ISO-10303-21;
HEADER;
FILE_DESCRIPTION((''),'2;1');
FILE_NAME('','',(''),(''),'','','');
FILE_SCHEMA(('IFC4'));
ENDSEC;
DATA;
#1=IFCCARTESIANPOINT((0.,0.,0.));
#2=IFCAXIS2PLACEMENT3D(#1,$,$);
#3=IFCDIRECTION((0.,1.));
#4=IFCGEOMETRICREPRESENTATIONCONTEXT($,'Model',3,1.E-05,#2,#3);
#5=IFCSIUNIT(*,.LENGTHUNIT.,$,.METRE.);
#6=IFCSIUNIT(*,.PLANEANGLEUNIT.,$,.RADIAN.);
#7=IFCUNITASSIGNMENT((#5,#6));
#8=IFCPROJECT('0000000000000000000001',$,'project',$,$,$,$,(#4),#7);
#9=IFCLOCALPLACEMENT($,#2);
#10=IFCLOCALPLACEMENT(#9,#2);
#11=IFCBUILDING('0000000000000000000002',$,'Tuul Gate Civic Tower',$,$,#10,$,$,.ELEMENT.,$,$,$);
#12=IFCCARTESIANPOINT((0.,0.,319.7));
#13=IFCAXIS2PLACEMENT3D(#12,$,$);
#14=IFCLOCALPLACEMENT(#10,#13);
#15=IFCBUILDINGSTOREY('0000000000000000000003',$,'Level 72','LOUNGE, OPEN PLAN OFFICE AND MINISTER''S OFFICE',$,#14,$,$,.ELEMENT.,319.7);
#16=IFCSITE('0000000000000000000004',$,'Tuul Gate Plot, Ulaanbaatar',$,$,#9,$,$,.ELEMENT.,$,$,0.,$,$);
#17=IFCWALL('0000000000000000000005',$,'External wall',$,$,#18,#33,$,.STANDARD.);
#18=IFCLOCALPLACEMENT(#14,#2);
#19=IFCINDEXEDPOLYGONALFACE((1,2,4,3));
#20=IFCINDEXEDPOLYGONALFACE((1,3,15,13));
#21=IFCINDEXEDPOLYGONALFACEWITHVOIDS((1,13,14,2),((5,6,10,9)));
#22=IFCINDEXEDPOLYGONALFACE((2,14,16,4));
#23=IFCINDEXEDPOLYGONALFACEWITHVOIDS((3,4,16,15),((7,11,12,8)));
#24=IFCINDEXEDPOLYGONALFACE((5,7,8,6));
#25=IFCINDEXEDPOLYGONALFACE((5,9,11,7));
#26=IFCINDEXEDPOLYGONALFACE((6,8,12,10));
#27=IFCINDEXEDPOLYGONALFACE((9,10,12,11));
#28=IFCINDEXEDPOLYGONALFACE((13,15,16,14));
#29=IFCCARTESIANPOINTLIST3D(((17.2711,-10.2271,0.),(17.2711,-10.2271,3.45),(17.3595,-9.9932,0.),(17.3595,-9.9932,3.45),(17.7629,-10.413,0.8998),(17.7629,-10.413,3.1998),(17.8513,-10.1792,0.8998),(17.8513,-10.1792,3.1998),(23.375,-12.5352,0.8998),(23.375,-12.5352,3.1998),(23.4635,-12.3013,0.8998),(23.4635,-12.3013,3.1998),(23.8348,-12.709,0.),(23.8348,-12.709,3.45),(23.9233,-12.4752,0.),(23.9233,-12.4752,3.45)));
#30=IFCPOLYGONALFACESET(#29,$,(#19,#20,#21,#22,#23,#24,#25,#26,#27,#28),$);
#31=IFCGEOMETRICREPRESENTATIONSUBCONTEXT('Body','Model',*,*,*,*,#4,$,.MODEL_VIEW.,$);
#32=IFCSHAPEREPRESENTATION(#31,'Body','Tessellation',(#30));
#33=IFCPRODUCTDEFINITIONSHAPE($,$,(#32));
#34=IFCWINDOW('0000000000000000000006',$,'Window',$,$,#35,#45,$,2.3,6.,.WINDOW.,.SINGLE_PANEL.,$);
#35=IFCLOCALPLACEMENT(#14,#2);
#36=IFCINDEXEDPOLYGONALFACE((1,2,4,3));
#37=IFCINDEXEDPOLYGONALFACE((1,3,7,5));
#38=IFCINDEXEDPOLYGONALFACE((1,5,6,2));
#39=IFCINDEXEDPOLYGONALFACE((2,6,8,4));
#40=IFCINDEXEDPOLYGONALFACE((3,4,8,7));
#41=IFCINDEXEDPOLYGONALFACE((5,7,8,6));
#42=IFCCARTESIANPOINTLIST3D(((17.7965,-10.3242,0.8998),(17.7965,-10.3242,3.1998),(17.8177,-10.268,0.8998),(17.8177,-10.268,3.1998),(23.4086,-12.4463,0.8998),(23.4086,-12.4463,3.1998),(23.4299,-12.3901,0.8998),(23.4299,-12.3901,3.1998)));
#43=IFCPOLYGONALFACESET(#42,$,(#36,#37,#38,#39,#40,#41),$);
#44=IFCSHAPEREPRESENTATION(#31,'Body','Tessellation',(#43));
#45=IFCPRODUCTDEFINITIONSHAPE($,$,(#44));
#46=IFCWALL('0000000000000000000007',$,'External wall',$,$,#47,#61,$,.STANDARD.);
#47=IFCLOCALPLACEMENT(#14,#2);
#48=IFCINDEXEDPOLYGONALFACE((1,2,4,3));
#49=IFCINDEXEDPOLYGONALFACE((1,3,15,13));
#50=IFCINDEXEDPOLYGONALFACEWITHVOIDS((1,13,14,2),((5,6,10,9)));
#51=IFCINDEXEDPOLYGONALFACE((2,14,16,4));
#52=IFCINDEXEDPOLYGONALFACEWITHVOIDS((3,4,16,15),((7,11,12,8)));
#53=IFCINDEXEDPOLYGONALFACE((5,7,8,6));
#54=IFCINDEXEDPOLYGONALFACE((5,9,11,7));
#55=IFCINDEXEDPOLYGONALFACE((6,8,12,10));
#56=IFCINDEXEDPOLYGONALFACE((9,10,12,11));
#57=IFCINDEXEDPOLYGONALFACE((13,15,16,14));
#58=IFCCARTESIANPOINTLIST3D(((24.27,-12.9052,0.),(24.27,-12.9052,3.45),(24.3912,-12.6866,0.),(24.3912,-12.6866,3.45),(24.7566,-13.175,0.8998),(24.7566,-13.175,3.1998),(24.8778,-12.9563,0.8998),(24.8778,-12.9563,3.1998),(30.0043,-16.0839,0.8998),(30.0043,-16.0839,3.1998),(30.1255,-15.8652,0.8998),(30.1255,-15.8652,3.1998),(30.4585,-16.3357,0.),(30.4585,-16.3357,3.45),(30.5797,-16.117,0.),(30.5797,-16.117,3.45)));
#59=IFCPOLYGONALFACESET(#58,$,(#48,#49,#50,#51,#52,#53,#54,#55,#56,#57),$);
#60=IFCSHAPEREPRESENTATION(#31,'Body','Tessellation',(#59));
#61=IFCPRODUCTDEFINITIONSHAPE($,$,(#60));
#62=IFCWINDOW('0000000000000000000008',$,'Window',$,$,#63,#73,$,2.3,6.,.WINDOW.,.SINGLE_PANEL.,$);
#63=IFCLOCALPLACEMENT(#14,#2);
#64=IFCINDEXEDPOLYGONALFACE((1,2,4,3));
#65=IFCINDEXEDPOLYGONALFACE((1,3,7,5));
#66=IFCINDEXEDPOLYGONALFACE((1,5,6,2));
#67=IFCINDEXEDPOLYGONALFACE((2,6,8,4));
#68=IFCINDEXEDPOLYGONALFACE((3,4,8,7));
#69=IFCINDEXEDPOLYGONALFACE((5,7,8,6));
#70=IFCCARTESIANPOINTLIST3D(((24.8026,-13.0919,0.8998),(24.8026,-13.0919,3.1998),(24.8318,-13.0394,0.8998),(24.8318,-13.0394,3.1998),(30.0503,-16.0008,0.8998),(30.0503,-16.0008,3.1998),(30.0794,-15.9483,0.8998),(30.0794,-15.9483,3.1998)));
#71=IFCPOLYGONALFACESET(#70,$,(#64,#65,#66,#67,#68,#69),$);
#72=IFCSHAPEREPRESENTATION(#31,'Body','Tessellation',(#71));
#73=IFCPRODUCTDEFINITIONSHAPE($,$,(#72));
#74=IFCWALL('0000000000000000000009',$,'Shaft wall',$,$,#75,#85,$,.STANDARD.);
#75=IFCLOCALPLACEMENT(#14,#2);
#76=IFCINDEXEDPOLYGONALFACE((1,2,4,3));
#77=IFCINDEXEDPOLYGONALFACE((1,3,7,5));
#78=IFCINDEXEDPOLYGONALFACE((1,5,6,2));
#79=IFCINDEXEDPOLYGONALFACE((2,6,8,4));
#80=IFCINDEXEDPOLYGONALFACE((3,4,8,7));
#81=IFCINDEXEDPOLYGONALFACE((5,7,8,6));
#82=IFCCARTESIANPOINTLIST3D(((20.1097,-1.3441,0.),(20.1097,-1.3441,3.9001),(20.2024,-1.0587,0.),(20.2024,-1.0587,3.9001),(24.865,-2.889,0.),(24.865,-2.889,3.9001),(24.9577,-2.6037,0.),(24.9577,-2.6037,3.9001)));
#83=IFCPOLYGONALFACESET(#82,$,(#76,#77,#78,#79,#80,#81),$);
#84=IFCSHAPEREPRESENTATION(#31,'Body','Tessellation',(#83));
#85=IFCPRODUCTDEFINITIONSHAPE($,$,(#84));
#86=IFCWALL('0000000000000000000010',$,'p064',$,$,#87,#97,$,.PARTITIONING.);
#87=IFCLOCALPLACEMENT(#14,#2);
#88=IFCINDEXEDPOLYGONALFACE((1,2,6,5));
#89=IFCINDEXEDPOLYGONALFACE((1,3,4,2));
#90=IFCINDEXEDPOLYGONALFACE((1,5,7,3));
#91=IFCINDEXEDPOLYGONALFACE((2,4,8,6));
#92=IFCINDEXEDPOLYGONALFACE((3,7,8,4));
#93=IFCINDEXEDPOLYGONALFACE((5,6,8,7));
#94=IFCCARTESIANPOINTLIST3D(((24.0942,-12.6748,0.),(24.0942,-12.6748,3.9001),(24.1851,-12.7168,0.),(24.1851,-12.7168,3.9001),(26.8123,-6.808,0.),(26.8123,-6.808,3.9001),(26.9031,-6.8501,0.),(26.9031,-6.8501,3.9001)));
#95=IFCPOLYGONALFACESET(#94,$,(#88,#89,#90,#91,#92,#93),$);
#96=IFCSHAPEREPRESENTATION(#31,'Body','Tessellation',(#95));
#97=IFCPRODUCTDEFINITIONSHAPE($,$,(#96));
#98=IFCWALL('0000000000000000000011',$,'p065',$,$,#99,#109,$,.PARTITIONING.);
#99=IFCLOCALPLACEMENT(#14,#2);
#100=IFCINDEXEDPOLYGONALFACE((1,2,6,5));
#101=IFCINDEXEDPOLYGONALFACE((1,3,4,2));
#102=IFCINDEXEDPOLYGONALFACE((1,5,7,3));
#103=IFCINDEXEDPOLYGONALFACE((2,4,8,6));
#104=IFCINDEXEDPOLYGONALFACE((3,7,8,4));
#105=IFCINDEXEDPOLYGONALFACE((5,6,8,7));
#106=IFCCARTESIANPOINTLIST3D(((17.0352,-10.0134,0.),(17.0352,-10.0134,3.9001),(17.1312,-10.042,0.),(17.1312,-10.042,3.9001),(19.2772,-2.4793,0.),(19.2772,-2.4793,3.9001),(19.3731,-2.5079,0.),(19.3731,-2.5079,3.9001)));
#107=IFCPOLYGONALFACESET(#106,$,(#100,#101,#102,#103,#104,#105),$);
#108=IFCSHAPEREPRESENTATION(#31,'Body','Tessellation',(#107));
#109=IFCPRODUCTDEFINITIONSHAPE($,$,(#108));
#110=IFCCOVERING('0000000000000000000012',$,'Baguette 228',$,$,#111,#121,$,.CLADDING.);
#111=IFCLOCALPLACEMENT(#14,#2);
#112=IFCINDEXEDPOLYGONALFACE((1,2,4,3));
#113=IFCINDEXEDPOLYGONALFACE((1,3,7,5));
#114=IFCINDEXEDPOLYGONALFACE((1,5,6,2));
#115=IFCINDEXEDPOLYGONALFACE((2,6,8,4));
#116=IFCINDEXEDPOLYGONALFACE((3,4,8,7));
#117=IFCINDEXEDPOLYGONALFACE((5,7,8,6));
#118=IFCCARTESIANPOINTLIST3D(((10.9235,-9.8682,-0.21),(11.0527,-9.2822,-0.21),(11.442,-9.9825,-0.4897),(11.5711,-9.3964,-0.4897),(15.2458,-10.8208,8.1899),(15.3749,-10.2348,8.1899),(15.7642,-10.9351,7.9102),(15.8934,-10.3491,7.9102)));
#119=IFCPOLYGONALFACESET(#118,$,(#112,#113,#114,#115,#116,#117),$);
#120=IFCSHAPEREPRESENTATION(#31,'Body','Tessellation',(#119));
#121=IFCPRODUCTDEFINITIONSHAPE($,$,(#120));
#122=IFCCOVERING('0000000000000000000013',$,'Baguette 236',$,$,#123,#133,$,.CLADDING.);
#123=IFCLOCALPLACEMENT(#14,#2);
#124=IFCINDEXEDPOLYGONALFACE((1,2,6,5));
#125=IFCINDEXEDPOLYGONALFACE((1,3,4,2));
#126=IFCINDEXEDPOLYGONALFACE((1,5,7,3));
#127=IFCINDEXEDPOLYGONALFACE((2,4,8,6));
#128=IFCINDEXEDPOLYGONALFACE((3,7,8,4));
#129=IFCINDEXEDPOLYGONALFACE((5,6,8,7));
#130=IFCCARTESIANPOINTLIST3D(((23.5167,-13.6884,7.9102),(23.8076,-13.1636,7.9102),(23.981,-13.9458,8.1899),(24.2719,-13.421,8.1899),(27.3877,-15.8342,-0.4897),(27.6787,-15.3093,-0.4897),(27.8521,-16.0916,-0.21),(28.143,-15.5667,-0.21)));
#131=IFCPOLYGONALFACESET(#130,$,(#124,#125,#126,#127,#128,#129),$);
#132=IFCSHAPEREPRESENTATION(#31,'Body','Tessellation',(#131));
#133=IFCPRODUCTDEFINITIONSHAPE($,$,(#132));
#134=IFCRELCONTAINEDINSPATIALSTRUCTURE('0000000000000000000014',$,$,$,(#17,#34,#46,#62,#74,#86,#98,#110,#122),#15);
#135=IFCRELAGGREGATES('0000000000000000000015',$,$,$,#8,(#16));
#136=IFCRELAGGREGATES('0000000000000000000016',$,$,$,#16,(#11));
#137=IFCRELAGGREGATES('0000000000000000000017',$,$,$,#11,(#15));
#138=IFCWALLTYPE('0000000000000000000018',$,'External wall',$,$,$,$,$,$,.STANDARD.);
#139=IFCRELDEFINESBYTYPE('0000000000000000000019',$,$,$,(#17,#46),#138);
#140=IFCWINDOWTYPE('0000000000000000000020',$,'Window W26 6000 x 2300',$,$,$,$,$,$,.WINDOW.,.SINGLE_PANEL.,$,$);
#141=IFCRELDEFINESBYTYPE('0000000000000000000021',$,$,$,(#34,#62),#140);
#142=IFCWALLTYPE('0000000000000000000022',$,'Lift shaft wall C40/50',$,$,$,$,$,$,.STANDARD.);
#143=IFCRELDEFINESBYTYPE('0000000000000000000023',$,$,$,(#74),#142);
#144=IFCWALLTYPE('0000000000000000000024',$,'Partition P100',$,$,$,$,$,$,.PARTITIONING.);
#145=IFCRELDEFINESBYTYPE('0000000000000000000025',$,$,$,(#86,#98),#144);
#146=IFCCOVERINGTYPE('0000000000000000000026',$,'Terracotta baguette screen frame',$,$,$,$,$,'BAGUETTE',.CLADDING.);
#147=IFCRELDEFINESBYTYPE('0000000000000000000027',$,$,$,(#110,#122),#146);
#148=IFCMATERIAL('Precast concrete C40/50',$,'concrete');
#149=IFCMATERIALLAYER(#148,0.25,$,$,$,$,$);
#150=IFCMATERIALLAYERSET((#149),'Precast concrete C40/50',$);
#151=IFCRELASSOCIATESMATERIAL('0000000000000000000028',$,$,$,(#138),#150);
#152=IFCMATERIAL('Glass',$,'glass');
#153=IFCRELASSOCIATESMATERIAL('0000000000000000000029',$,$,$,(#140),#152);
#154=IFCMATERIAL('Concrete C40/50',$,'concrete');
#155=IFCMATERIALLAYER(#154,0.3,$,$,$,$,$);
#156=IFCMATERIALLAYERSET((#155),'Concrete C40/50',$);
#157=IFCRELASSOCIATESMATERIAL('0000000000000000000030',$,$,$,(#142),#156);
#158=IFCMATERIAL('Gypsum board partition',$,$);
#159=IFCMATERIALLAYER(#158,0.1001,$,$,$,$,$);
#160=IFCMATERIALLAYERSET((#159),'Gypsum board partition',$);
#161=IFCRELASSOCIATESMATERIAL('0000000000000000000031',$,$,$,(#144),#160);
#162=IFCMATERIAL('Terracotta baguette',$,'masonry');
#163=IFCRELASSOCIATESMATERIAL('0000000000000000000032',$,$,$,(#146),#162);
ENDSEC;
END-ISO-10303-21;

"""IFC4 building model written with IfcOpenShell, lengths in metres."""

from ifc_helpers import new_model, si_unit, direction, frame, frame_2d, origin, origin_2d, place, context, subcontext, project, spatial, rectangle, extrude, material, layer, layer_set, material_profile, profile_set, type_object, element, fill, save


model = new_model("IFC4")

# Units and contexts
model_context = context("Model", 3, precision=1e-05, world=origin(), true_north=direction((0.0, 1.0)))
body_context = subcontext(model_context, "Body", "Model", "MODEL_VIEW")
ifc_project = project(units=[si_unit("LENGTHUNIT", "METRE"), si_unit("PLANEANGLEUNIT", "RADIAN")], contexts=[model_context])

# Site, building, storey
site_placement = place(None, origin())
site = spatial("IfcSite", under=ifc_project, at=site_placement, Name="Tuul Gate Plot, Ulaanbaatar", CompositionType="ELEMENT", RefElevation=0.0)
building_placement = place(site_placement, origin())
building = spatial("IfcBuilding", under=site, at=building_placement, Name="Tuul Gate Civic Tower", CompositionType="ELEMENT")
storey_placement = place(building_placement, frame((0.0, 0.0, 319.7)))
storey = spatial("IfcBuildingStorey", under=building, at=storey_placement, Name="Level 72", Description="LOUNGE, OPEN PLAN OFFICE AND MINISTER'S OFFICE", CompositionType="ELEMENT", Elevation=319.7)

# Walls, openings, windows
ifc_material_1 = material(Name="Precast concrete C40/50", Category="concrete")
ifc_layer_1 = layer(ifc_material_1, 0.25)
ifc_layer_set_1 = layer_set([ifc_layer_1], Name="Precast concrete C40/50")
wall_type_1 = type_object("IfcWallType", Name="External wall", PredefinedType="STANDARD", material=ifc_layer_set_1)
wall_1_placement = place(storey_placement, frame((17.3152, -10.1101, 0.0), z_axis=(0.0, 0.0, 1.0), x_axis=(0.935363, -0.353688, 0.0)))
wall_1 = element("IfcWall", 1, at=wall_1_placement, inside=storey, type_object=wall_type_1, Name="External wall", PredefinedType="STANDARD", context=body_context, shape_type="SweptSolid", body=[
    extrude(rectangle(XDim=7.0173, YDim=0.25, at=frame_2d((3.5088, 0.0))), origin(), (0.0, 0.0, 1.0), 3.45),
])
opening_1_placement = place(wall_1_placement, frame((0.5259, 0.0, 0.8999)))
opening_1 = element("IfcOpeningElement", 2, at=opening_1_placement, cuts=wall_1, PredefinedType="OPENING", context=body_context, shape_type="SweptSolid", body=[
    extrude(rectangle(XDim=6.0, YDim=2.3, at=frame_2d((3.0, 1.1499))), frame((0.0, 0.135, 0.0), z_axis=(0.0, -1.0, 0.0), x_axis=(1.0, 0.0, 0.0)), (0.0, 0.0, 1.0), 0.27),
])
ifc_material_2 = material(Name="Glass", Category="glass")
window_type = type_object("IfcWindowType", Name="Window W26 6000 x 2300", PartitioningType="SINGLE_PANEL", PredefinedType="WINDOW", material=ifc_material_2)
window_1_placement = place(opening_1_placement, origin())
window_1 = element("IfcWindow", 3, at=window_1_placement, inside=storey, type_object=window_type, Name="Window", OverallHeight=2.3, OverallWidth=6.0, PartitioningType="SINGLE_PANEL", PredefinedType="WINDOW", context=body_context, shape_type="SweptSolid", body=[
    extrude(rectangle(XDim=6.0, YDim=2.3, at=frame_2d((3.0, 1.1499))), frame((0.0, 0.03, 0.0), z_axis=(0.0, -1.0, 0.0), x_axis=(1.0, 0.0, 0.0)), (0.0, 0.0, 1.0), 0.0601),
])
fill(opening_1, window_1)
wall_2_placement = place(storey_placement, frame((24.3306, -12.7959, 0.0), z_axis=(0.0, 0.0, 1.0), x_axis=(0.874614, -0.484819, 0.0)))
wall_2 = element("IfcWall", 4, at=wall_2_placement, inside=storey, type_object=wall_type_1, Name="External wall", PredefinedType="STANDARD", context=body_context, shape_type="SweptSolid", body=[
    extrude(rectangle(XDim=7.0757, YDim=0.25, at=frame_2d((3.5378, 0.0))), origin(), (0.0, 0.0, 1.0), 3.45),
])
opening_2_placement = place(wall_2_placement, frame((0.5564, 0.0, 0.8999)))
opening_2 = element("IfcOpeningElement", 5, at=opening_2_placement, cuts=wall_2, PredefinedType="OPENING", context=body_context, shape_type="SweptSolid", body=[
    extrude(rectangle(XDim=6.0, YDim=2.3, at=frame_2d((3.0, 1.1499))), frame((0.0, 0.135, 0.0), z_axis=(0.0, -1.0, 0.0), x_axis=(1.0, 0.0, 0.0)), (0.0, 0.0, 1.0), 0.27),
])
window_2_placement = place(opening_2_placement, origin())
window_2 = element("IfcWindow", 6, at=window_2_placement, inside=storey, type_object=window_type, Name="Window", OverallHeight=2.3, OverallWidth=6.0, PartitioningType="SINGLE_PANEL", PredefinedType="WINDOW", context=body_context, shape_type="SweptSolid", body=[
    extrude(rectangle(XDim=6.0, YDim=2.3, at=frame_2d((3.0, 1.1499))), frame((0.0, 0.03, 0.0), z_axis=(0.0, -1.0, 0.0), x_axis=(1.0, 0.0, 0.0)), (0.0, 0.0, 1.0), 0.0601),
])
fill(opening_2, window_2)

# Walls
ifc_material_3 = material(Name="Concrete C40/50", Category="concrete")
ifc_layer_2 = layer(ifc_material_3, 0.3)
ifc_layer_set_2 = layer_set([ifc_layer_2], Name="Concrete C40/50")
wall_type_2 = type_object("IfcWallType", Name="Lift shaft wall C40/50", PredefinedType="STANDARD", material=ifc_layer_set_2)
wall_3_placement = place(storey_placement, frame((24.9114, -2.7463, 0.0), z_axis=(0.0, 0.0, 1.0), x_axis=(-0.951068, 0.308982, 0.0)))
element("IfcWall", 7, at=wall_3_placement, inside=storey, type_object=wall_type_2, Name="Shaft wall", PredefinedType="STANDARD", context=body_context, shape_type="SweptSolid", body=[
    extrude(rectangle(XDim=5.0, YDim=0.3, at=frame_2d((2.5, 0.0))), origin(), (0.0, 0.0, 1.0), 3.9001),
])
ifc_material_4 = material(Name="Gypsum board partition")
ifc_layer_3 = layer(ifc_material_4, 0.1001)
ifc_layer_set_3 = layer_set([ifc_layer_3], Name="Gypsum board partition")
wall_type_3 = type_object("IfcWallType", Name="Partition P100", PredefinedType="PARTITIONING", material=ifc_layer_set_3)
wall_4_placement = place(storey_placement, frame((24.1396, -12.6958, 0.0), z_axis=(0.0, 0.0, 1.0), x_axis=(0.420372, 0.907352, 0.0)))
element("IfcWall", 8, at=wall_4_placement, inside=storey, type_object=wall_type_3, Name="p064", PredefinedType="PARTITIONING", context=body_context, shape_type="SweptSolid", body=[
    extrude(rectangle(XDim=6.4658, YDim=0.1001, at=frame_2d((3.2329, 0.0))), origin(), (0.0, 0.0, 1.0), 3.9001),
])
wall_5_placement = place(storey_placement, frame((17.0833, -10.0276, 0.0), z_axis=(0.0, 0.0, 1.0), x_axis=(0.28521, 0.958465, 0.0)))
element("IfcWall", 9, at=wall_5_placement, inside=storey, type_object=wall_type_3, Name="p065", PredefinedType="PARTITIONING", context=body_context, shape_type="SweptSolid", body=[
    extrude(rectangle(XDim=7.8606, YDim=0.1001, at=frame_2d((3.9302, 0.0))), origin(), (0.0, 0.0, 1.0), 3.9001),
])

# Coverings
ifc_material_5 = material(Name="Terracotta baguette", Category="masonry")
ifc_material_profile_1 = material_profile(ifc_material_5, rectangle(XDim=0.6001, YDim=0.6001, at=origin_2d()), Name="Terracotta baguette screen frame")
ifc_profile_set_1 = profile_set([ifc_material_profile_1], Name="Terracotta baguette")
covering_type = type_object("IfcCoveringType", Name="Terracotta baguette screen frame", ElementType="BAGUETTE", PredefinedType="CLADDING", material=ifc_profile_set_1)
for number, where, z_axis, x_axis, name in (
    (10, (15.5696, -10.585, 8.05), (-0.455233, 0.100334, -0.884701), (-0.215236, -0.976562, 0.0), "Baguette 228"),
    (11, (23.8943, -13.5547, 8.05), (0.407714, -0.225996, -0.8847), (0.484804, 0.874623, 0.0), "Baguette 236"),
):
    element("IfcCovering", number, at=place(storey_placement, frame(where, z_axis=z_axis, x_axis=x_axis)), inside=storey, type_object=covering_type, Name=name, PredefinedType="CLADDING", context=body_context, shape_type="SweptSolid", body=[
        extrude(rectangle(XDim=0.6001, YDim=0.6001, at=origin_2d()), origin(), (0.0, 0.0, 1.0), 9.4946),
    ])

save(model, "model.ifc")
